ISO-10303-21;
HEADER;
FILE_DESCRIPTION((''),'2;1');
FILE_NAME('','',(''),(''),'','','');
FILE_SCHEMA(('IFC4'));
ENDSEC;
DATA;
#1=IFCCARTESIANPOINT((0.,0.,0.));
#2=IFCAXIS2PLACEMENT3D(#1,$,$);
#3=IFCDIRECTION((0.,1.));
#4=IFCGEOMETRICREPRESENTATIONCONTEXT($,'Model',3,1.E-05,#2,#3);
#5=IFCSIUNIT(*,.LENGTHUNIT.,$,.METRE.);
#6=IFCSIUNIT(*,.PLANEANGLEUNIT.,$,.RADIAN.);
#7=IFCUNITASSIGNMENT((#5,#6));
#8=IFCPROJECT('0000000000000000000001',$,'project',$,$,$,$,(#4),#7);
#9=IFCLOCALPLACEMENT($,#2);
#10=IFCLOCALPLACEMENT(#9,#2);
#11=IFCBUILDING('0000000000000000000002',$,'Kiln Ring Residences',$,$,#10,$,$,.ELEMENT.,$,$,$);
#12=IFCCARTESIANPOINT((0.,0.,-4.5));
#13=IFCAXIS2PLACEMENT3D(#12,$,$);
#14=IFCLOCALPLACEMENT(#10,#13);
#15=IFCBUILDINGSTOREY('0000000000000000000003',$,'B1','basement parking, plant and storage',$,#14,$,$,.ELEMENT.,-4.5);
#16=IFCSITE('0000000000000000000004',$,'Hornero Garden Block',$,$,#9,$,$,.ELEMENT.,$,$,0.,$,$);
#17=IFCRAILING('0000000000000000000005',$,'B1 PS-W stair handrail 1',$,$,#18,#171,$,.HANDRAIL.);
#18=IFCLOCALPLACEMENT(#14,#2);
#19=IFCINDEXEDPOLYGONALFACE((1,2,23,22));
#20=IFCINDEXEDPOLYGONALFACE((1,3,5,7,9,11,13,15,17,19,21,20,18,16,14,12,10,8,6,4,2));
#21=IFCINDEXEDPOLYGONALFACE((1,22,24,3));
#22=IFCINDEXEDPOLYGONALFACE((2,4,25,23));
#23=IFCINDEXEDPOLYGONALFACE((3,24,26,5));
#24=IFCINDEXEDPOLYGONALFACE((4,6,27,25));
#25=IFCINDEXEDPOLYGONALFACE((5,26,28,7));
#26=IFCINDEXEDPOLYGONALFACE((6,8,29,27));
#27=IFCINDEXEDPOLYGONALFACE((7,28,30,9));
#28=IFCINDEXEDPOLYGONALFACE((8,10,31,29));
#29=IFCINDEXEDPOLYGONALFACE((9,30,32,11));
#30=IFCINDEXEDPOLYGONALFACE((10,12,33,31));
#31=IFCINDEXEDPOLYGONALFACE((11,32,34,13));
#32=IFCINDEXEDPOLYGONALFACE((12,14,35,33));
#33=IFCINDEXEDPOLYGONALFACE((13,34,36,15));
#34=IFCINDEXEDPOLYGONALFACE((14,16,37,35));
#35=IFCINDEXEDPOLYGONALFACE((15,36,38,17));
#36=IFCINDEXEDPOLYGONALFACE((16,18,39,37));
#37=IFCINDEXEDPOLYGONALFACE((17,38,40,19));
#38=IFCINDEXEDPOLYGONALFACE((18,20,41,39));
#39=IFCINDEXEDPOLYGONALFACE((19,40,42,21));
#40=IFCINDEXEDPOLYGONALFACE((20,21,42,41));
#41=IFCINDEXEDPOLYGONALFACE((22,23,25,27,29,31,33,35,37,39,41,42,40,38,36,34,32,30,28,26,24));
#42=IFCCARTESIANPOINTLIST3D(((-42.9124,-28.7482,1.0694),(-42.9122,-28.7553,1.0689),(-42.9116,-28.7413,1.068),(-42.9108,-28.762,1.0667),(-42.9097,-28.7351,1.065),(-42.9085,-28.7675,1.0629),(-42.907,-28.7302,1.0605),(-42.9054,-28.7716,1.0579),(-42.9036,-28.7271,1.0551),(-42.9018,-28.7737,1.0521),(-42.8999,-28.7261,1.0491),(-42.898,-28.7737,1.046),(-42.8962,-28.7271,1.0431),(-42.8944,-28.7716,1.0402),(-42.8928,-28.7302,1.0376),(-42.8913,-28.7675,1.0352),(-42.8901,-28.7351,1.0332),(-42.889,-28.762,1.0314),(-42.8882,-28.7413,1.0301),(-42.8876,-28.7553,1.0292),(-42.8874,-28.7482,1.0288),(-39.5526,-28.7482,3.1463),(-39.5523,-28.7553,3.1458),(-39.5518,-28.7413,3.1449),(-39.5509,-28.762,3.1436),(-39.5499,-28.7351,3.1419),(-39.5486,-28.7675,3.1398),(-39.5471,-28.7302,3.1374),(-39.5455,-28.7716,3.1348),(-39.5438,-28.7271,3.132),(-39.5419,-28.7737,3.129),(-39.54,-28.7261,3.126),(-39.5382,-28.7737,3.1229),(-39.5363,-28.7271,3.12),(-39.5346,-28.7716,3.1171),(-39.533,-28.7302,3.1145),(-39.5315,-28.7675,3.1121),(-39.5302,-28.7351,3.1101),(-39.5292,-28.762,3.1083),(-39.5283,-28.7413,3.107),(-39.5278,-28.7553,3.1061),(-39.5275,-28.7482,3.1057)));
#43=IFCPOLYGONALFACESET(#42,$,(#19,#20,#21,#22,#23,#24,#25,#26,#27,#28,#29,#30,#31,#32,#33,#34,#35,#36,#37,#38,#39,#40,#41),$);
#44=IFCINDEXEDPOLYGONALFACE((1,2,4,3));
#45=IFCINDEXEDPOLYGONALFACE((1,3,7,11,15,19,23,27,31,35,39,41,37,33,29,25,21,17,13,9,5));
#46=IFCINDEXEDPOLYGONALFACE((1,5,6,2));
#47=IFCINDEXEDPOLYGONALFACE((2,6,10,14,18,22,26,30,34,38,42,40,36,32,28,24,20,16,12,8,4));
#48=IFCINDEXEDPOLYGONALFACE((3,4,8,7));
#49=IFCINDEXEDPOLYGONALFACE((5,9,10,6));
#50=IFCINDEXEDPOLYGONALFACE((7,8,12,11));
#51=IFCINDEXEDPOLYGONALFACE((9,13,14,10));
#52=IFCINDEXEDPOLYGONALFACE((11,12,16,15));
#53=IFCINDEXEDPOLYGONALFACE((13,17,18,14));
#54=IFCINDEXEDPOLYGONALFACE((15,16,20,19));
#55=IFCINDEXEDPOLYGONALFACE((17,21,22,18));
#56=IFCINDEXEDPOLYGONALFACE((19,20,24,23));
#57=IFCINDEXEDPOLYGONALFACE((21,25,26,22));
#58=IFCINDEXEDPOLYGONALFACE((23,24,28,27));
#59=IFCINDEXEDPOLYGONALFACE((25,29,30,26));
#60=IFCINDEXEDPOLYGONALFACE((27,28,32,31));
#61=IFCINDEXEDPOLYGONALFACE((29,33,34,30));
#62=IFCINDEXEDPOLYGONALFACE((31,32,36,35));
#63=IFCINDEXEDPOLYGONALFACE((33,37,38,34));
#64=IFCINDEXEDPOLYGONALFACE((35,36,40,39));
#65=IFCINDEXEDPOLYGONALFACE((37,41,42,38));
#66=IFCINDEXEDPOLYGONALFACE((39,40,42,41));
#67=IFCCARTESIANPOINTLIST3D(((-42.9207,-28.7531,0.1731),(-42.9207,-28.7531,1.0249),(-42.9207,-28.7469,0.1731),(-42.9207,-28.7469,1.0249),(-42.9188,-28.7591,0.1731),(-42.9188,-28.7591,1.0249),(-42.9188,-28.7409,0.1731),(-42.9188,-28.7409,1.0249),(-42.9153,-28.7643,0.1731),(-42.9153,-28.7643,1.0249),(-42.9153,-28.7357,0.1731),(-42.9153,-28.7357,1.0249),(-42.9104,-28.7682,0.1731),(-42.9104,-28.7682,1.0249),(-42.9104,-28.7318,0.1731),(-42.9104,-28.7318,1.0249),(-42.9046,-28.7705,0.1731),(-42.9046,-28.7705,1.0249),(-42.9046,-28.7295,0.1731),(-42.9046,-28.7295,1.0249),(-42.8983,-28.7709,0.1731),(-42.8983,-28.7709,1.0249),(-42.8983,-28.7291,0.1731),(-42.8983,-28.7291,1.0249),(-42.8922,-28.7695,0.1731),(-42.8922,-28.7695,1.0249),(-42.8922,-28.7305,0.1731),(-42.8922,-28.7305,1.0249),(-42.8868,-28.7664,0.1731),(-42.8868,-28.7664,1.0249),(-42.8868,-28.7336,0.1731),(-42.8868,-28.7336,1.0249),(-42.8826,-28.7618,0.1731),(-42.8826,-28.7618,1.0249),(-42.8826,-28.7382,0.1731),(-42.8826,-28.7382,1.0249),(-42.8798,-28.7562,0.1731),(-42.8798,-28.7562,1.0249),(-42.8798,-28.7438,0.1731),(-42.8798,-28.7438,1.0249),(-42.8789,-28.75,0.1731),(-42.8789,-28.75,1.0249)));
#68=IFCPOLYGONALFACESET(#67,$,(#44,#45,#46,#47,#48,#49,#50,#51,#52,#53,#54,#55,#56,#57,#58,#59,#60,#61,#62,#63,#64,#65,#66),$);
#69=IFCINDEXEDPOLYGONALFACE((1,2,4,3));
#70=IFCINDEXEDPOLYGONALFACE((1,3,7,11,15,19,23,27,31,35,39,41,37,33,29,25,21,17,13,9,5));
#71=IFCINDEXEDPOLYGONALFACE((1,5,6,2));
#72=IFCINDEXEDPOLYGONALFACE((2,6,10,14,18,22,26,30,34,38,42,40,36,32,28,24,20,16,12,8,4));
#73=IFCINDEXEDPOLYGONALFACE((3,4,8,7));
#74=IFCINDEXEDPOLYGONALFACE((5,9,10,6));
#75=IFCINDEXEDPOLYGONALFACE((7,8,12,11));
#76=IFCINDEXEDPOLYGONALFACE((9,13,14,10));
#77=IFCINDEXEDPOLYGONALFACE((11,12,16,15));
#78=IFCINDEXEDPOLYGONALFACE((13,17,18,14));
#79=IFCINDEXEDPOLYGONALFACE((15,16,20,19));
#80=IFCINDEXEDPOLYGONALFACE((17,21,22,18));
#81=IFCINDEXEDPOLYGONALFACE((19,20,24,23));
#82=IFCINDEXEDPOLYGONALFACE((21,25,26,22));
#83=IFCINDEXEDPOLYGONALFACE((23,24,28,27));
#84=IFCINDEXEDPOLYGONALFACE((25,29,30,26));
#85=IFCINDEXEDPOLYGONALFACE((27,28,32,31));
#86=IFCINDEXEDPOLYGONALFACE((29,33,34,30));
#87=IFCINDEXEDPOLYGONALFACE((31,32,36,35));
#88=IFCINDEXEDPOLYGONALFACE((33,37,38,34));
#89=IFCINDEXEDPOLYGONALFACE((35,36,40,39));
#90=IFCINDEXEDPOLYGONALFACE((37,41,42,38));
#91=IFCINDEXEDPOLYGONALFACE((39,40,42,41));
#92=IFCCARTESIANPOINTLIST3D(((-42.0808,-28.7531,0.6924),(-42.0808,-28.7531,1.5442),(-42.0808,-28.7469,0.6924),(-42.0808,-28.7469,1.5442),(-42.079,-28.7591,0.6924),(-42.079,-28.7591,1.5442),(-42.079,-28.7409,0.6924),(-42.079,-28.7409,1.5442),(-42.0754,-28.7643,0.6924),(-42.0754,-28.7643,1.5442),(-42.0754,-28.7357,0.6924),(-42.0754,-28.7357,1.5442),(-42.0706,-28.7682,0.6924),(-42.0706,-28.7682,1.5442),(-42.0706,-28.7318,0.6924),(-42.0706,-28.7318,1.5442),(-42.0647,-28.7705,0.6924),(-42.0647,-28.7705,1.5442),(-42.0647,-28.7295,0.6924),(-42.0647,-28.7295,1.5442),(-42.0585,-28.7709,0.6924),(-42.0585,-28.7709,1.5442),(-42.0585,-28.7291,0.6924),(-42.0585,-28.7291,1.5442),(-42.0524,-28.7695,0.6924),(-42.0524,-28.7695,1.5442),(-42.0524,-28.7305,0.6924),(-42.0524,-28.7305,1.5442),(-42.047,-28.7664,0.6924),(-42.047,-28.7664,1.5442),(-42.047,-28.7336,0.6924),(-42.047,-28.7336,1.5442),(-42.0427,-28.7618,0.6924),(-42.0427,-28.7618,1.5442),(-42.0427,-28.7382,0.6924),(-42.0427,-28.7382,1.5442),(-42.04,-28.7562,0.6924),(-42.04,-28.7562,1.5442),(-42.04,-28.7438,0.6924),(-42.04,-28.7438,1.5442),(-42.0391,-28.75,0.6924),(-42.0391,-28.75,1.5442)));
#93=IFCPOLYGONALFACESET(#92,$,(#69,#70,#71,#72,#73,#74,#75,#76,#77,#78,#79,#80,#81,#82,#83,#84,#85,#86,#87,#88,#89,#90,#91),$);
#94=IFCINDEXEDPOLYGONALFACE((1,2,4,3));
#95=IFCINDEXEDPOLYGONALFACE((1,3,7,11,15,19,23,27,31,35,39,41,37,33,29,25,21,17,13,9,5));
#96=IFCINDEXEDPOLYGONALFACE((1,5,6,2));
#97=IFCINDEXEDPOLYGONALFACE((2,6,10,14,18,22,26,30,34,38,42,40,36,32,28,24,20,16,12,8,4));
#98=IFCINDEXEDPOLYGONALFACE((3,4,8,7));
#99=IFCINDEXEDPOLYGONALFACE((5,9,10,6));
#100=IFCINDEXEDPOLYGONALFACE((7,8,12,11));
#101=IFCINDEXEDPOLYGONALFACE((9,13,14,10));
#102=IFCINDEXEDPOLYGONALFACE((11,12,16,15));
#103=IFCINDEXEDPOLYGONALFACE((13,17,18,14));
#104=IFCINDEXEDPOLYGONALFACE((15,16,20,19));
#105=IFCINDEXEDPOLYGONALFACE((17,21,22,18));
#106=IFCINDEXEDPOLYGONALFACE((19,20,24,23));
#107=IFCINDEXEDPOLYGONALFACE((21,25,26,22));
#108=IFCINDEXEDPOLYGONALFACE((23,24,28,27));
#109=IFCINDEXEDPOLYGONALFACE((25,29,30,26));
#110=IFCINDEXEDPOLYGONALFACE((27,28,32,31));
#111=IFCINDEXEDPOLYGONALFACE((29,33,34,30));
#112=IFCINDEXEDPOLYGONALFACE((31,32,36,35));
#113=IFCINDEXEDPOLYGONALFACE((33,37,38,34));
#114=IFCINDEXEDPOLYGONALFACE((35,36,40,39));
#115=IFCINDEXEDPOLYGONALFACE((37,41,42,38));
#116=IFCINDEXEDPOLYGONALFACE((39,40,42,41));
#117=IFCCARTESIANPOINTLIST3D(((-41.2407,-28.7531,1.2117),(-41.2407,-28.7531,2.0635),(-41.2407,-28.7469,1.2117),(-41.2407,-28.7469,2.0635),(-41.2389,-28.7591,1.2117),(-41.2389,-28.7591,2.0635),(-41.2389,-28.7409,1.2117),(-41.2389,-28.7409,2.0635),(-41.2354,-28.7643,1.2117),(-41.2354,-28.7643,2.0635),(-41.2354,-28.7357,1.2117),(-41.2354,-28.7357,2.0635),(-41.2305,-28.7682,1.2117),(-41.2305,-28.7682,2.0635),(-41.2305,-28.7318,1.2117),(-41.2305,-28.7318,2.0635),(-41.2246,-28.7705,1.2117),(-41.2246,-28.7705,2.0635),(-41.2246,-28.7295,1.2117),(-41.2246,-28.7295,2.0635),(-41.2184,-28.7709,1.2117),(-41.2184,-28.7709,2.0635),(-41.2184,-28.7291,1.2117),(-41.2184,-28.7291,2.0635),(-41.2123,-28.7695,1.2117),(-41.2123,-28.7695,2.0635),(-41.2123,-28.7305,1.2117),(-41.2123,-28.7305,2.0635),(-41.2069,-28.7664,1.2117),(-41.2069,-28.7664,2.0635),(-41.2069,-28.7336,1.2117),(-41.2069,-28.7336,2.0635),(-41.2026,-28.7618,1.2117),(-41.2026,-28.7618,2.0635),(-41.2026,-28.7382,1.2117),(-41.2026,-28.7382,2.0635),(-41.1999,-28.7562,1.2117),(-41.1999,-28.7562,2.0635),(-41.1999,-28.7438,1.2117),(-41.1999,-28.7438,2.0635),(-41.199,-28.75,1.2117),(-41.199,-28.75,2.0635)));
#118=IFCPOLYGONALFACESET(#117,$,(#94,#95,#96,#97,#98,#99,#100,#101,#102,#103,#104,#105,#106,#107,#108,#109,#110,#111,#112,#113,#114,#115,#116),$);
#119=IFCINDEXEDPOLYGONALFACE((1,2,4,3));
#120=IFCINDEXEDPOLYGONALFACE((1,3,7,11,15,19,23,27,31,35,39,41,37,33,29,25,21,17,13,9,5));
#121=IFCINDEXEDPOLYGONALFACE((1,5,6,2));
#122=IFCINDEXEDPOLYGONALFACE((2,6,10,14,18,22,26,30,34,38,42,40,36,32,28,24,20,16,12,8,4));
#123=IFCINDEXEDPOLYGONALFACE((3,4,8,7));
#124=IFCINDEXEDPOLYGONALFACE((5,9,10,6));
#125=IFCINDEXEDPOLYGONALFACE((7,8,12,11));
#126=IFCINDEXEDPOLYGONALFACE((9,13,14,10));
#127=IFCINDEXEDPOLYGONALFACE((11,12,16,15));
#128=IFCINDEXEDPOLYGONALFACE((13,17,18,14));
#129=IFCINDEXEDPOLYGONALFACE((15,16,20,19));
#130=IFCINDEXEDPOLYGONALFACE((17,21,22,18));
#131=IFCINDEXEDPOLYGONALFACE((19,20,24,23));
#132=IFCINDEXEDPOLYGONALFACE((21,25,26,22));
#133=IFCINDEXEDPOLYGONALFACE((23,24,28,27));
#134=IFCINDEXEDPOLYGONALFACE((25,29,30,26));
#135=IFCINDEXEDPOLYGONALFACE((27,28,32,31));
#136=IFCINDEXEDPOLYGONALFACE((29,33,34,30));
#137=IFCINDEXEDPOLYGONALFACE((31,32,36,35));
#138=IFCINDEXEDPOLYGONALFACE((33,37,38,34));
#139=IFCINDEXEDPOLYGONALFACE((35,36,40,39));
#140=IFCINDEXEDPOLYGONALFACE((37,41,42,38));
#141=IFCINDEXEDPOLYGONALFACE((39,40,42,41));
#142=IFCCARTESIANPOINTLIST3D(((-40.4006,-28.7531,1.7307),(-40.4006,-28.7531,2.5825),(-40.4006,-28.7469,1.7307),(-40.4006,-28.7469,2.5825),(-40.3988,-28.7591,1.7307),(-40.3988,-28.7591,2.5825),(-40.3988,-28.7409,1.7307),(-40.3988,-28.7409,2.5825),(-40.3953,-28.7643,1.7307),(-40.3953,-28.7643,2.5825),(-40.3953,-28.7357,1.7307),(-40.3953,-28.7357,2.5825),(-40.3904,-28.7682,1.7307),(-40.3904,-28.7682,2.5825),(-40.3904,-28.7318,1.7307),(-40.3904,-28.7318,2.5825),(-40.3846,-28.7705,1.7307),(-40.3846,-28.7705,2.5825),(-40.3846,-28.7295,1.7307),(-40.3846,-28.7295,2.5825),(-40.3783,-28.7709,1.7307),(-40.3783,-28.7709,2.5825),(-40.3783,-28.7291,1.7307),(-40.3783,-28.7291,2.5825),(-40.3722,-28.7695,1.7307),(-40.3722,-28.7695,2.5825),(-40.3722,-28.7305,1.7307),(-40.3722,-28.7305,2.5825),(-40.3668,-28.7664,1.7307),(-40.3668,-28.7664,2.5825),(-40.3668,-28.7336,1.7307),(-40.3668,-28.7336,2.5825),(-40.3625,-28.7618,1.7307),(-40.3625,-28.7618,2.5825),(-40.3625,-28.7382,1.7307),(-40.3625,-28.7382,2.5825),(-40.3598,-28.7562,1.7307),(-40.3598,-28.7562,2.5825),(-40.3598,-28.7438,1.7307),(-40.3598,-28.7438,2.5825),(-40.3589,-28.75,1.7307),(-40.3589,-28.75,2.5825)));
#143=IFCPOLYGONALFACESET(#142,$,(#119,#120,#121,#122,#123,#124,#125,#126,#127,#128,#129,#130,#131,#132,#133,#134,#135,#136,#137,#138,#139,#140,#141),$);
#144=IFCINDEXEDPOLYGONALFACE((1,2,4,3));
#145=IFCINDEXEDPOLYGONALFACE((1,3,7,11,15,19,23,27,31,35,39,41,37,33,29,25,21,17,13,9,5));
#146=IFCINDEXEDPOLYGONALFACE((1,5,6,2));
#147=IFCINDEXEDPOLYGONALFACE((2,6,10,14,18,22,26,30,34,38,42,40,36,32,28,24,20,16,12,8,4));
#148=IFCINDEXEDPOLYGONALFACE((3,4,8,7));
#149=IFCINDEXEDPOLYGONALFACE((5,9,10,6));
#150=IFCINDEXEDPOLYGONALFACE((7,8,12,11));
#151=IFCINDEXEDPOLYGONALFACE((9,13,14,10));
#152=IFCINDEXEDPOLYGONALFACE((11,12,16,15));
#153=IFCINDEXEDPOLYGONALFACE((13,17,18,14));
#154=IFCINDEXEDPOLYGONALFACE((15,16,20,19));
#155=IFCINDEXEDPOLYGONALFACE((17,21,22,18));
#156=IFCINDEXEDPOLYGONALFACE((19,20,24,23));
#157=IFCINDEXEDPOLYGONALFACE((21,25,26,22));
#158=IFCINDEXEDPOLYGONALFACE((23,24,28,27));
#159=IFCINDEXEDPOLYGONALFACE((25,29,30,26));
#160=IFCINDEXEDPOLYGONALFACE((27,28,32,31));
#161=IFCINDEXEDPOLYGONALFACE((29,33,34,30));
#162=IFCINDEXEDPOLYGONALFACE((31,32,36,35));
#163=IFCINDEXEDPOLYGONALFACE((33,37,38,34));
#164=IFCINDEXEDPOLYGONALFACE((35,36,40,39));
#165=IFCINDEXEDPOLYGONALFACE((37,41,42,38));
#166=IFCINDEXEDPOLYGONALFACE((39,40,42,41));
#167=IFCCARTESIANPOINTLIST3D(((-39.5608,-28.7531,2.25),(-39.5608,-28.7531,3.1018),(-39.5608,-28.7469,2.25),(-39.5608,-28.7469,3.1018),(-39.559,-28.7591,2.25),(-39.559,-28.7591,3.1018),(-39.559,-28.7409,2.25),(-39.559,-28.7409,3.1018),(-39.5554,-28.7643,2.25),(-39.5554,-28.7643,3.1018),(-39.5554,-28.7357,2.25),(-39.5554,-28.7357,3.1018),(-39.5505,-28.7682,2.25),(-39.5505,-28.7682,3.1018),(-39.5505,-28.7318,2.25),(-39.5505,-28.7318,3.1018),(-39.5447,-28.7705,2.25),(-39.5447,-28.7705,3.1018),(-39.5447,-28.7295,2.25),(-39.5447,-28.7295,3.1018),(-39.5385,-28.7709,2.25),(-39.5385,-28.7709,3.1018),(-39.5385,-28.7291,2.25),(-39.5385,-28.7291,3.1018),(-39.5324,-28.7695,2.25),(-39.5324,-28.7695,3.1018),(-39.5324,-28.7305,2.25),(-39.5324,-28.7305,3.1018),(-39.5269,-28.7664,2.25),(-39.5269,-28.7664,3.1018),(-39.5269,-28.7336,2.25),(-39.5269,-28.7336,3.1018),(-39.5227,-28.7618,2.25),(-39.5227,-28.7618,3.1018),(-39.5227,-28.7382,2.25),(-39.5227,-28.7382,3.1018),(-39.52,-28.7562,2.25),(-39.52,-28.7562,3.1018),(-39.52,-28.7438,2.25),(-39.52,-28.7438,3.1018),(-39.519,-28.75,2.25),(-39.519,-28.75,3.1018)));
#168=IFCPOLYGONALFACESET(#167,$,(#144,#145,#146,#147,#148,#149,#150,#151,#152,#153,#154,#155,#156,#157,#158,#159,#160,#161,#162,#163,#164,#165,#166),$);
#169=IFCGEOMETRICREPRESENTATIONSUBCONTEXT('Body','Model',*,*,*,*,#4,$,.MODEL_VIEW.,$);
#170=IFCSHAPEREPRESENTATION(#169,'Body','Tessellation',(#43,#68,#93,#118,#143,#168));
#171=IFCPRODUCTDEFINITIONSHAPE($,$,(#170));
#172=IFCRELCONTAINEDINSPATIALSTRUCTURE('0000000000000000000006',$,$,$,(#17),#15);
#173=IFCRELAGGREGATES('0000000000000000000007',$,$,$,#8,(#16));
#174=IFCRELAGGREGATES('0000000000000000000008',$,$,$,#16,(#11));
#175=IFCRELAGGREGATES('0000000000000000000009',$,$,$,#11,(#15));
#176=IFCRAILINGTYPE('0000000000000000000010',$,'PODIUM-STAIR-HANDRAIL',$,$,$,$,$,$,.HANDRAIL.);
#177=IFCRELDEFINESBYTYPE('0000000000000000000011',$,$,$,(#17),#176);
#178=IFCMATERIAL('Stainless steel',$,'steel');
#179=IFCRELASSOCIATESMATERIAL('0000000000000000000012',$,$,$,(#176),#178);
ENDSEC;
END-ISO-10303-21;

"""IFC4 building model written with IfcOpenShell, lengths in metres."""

from ifc_helpers import new_model, si_unit, direction, frame, origin, origin_2d, place, context, subcontext, project, spatial, circle, extrude, material, type_object, element, save


model = new_model("IFC4")

# Units and contexts
model_context = context("Model", 3, precision=1e-05, world=origin(), true_north=direction((0.0, 1.0)))
body_context = subcontext(model_context, "Body", "Model", "MODEL_VIEW")
ifc_project = project(units=[si_unit("LENGTHUNIT", "METRE"), si_unit("PLANEANGLEUNIT", "RADIAN")], contexts=[model_context])

# Site, building, storey
site_placement = place(None, origin())
site = spatial("IfcSite", under=ifc_project, at=site_placement, Name="Hornero Garden Block", CompositionType="ELEMENT", RefElevation=0.0)
building_placement = place(site_placement, origin())
building = spatial("IfcBuilding", under=site, at=building_placement, Name="Kiln Ring Residences", CompositionType="ELEMENT")
storey_placement = place(building_placement, frame((0.0, 0.0, -4.5)))
storey = spatial("IfcBuildingStorey", under=building, at=storey_placement, Name="B1", Description="basement parking, plant and storage", CompositionType="ELEMENT", Elevation=-4.5)

# Railing
ifc_material_1 = material(Name="Stainless steel", Category="steel")
railing_type_1 = type_object("IfcRailingType", Name="PODIUM-STAIR-HANDRAIL", PredefinedType="HANDRAIL", material=ifc_material_1)
railing_1_placement = place(storey_placement, frame((-42.8999, -28.75, 0.1731)))
element("IfcRailing", 1, at=railing_1_placement, inside=storey, type_object=railing_type_1, Name="B1 PS-W stair handrail 1", PredefinedType="HANDRAIL", context=body_context, shape_type="SweptSolid", body=[
    extrude(circle(Radius=0.0239, at=origin_2d()), frame((0.0, 0.0, 0.876), z_axis=(0.850606, 0.0, 0.525803), x_axis=(0.0, 1.0, 0.0)), (0.0, 0.0, 1.0), 3.95),
    extrude(circle(Radius=0.021, at=origin_2d()), origin(), (0.0, 0.0, 1.0), 0.8518),
    extrude(circle(Radius=0.021, at=origin_2d()), frame((0.8398, 0.0, 0.5193)), (0.0, 0.0, 1.0), 0.8518),
    extrude(circle(Radius=0.021, at=origin_2d()), frame((1.6799, 0.0, 1.0386)), (0.0, 0.0, 1.0), 0.8518),
    extrude(circle(Radius=0.021, at=origin_2d()), frame((2.52, 0.0, 1.5576)), (0.0, 0.0, 1.0), 0.8518),
    extrude(circle(Radius=0.021, at=origin_2d()), frame((3.3599, 0.0, 2.0769)), (0.0, 0.0, 1.0), 0.8518),
])

save(model, "model.ifc")
